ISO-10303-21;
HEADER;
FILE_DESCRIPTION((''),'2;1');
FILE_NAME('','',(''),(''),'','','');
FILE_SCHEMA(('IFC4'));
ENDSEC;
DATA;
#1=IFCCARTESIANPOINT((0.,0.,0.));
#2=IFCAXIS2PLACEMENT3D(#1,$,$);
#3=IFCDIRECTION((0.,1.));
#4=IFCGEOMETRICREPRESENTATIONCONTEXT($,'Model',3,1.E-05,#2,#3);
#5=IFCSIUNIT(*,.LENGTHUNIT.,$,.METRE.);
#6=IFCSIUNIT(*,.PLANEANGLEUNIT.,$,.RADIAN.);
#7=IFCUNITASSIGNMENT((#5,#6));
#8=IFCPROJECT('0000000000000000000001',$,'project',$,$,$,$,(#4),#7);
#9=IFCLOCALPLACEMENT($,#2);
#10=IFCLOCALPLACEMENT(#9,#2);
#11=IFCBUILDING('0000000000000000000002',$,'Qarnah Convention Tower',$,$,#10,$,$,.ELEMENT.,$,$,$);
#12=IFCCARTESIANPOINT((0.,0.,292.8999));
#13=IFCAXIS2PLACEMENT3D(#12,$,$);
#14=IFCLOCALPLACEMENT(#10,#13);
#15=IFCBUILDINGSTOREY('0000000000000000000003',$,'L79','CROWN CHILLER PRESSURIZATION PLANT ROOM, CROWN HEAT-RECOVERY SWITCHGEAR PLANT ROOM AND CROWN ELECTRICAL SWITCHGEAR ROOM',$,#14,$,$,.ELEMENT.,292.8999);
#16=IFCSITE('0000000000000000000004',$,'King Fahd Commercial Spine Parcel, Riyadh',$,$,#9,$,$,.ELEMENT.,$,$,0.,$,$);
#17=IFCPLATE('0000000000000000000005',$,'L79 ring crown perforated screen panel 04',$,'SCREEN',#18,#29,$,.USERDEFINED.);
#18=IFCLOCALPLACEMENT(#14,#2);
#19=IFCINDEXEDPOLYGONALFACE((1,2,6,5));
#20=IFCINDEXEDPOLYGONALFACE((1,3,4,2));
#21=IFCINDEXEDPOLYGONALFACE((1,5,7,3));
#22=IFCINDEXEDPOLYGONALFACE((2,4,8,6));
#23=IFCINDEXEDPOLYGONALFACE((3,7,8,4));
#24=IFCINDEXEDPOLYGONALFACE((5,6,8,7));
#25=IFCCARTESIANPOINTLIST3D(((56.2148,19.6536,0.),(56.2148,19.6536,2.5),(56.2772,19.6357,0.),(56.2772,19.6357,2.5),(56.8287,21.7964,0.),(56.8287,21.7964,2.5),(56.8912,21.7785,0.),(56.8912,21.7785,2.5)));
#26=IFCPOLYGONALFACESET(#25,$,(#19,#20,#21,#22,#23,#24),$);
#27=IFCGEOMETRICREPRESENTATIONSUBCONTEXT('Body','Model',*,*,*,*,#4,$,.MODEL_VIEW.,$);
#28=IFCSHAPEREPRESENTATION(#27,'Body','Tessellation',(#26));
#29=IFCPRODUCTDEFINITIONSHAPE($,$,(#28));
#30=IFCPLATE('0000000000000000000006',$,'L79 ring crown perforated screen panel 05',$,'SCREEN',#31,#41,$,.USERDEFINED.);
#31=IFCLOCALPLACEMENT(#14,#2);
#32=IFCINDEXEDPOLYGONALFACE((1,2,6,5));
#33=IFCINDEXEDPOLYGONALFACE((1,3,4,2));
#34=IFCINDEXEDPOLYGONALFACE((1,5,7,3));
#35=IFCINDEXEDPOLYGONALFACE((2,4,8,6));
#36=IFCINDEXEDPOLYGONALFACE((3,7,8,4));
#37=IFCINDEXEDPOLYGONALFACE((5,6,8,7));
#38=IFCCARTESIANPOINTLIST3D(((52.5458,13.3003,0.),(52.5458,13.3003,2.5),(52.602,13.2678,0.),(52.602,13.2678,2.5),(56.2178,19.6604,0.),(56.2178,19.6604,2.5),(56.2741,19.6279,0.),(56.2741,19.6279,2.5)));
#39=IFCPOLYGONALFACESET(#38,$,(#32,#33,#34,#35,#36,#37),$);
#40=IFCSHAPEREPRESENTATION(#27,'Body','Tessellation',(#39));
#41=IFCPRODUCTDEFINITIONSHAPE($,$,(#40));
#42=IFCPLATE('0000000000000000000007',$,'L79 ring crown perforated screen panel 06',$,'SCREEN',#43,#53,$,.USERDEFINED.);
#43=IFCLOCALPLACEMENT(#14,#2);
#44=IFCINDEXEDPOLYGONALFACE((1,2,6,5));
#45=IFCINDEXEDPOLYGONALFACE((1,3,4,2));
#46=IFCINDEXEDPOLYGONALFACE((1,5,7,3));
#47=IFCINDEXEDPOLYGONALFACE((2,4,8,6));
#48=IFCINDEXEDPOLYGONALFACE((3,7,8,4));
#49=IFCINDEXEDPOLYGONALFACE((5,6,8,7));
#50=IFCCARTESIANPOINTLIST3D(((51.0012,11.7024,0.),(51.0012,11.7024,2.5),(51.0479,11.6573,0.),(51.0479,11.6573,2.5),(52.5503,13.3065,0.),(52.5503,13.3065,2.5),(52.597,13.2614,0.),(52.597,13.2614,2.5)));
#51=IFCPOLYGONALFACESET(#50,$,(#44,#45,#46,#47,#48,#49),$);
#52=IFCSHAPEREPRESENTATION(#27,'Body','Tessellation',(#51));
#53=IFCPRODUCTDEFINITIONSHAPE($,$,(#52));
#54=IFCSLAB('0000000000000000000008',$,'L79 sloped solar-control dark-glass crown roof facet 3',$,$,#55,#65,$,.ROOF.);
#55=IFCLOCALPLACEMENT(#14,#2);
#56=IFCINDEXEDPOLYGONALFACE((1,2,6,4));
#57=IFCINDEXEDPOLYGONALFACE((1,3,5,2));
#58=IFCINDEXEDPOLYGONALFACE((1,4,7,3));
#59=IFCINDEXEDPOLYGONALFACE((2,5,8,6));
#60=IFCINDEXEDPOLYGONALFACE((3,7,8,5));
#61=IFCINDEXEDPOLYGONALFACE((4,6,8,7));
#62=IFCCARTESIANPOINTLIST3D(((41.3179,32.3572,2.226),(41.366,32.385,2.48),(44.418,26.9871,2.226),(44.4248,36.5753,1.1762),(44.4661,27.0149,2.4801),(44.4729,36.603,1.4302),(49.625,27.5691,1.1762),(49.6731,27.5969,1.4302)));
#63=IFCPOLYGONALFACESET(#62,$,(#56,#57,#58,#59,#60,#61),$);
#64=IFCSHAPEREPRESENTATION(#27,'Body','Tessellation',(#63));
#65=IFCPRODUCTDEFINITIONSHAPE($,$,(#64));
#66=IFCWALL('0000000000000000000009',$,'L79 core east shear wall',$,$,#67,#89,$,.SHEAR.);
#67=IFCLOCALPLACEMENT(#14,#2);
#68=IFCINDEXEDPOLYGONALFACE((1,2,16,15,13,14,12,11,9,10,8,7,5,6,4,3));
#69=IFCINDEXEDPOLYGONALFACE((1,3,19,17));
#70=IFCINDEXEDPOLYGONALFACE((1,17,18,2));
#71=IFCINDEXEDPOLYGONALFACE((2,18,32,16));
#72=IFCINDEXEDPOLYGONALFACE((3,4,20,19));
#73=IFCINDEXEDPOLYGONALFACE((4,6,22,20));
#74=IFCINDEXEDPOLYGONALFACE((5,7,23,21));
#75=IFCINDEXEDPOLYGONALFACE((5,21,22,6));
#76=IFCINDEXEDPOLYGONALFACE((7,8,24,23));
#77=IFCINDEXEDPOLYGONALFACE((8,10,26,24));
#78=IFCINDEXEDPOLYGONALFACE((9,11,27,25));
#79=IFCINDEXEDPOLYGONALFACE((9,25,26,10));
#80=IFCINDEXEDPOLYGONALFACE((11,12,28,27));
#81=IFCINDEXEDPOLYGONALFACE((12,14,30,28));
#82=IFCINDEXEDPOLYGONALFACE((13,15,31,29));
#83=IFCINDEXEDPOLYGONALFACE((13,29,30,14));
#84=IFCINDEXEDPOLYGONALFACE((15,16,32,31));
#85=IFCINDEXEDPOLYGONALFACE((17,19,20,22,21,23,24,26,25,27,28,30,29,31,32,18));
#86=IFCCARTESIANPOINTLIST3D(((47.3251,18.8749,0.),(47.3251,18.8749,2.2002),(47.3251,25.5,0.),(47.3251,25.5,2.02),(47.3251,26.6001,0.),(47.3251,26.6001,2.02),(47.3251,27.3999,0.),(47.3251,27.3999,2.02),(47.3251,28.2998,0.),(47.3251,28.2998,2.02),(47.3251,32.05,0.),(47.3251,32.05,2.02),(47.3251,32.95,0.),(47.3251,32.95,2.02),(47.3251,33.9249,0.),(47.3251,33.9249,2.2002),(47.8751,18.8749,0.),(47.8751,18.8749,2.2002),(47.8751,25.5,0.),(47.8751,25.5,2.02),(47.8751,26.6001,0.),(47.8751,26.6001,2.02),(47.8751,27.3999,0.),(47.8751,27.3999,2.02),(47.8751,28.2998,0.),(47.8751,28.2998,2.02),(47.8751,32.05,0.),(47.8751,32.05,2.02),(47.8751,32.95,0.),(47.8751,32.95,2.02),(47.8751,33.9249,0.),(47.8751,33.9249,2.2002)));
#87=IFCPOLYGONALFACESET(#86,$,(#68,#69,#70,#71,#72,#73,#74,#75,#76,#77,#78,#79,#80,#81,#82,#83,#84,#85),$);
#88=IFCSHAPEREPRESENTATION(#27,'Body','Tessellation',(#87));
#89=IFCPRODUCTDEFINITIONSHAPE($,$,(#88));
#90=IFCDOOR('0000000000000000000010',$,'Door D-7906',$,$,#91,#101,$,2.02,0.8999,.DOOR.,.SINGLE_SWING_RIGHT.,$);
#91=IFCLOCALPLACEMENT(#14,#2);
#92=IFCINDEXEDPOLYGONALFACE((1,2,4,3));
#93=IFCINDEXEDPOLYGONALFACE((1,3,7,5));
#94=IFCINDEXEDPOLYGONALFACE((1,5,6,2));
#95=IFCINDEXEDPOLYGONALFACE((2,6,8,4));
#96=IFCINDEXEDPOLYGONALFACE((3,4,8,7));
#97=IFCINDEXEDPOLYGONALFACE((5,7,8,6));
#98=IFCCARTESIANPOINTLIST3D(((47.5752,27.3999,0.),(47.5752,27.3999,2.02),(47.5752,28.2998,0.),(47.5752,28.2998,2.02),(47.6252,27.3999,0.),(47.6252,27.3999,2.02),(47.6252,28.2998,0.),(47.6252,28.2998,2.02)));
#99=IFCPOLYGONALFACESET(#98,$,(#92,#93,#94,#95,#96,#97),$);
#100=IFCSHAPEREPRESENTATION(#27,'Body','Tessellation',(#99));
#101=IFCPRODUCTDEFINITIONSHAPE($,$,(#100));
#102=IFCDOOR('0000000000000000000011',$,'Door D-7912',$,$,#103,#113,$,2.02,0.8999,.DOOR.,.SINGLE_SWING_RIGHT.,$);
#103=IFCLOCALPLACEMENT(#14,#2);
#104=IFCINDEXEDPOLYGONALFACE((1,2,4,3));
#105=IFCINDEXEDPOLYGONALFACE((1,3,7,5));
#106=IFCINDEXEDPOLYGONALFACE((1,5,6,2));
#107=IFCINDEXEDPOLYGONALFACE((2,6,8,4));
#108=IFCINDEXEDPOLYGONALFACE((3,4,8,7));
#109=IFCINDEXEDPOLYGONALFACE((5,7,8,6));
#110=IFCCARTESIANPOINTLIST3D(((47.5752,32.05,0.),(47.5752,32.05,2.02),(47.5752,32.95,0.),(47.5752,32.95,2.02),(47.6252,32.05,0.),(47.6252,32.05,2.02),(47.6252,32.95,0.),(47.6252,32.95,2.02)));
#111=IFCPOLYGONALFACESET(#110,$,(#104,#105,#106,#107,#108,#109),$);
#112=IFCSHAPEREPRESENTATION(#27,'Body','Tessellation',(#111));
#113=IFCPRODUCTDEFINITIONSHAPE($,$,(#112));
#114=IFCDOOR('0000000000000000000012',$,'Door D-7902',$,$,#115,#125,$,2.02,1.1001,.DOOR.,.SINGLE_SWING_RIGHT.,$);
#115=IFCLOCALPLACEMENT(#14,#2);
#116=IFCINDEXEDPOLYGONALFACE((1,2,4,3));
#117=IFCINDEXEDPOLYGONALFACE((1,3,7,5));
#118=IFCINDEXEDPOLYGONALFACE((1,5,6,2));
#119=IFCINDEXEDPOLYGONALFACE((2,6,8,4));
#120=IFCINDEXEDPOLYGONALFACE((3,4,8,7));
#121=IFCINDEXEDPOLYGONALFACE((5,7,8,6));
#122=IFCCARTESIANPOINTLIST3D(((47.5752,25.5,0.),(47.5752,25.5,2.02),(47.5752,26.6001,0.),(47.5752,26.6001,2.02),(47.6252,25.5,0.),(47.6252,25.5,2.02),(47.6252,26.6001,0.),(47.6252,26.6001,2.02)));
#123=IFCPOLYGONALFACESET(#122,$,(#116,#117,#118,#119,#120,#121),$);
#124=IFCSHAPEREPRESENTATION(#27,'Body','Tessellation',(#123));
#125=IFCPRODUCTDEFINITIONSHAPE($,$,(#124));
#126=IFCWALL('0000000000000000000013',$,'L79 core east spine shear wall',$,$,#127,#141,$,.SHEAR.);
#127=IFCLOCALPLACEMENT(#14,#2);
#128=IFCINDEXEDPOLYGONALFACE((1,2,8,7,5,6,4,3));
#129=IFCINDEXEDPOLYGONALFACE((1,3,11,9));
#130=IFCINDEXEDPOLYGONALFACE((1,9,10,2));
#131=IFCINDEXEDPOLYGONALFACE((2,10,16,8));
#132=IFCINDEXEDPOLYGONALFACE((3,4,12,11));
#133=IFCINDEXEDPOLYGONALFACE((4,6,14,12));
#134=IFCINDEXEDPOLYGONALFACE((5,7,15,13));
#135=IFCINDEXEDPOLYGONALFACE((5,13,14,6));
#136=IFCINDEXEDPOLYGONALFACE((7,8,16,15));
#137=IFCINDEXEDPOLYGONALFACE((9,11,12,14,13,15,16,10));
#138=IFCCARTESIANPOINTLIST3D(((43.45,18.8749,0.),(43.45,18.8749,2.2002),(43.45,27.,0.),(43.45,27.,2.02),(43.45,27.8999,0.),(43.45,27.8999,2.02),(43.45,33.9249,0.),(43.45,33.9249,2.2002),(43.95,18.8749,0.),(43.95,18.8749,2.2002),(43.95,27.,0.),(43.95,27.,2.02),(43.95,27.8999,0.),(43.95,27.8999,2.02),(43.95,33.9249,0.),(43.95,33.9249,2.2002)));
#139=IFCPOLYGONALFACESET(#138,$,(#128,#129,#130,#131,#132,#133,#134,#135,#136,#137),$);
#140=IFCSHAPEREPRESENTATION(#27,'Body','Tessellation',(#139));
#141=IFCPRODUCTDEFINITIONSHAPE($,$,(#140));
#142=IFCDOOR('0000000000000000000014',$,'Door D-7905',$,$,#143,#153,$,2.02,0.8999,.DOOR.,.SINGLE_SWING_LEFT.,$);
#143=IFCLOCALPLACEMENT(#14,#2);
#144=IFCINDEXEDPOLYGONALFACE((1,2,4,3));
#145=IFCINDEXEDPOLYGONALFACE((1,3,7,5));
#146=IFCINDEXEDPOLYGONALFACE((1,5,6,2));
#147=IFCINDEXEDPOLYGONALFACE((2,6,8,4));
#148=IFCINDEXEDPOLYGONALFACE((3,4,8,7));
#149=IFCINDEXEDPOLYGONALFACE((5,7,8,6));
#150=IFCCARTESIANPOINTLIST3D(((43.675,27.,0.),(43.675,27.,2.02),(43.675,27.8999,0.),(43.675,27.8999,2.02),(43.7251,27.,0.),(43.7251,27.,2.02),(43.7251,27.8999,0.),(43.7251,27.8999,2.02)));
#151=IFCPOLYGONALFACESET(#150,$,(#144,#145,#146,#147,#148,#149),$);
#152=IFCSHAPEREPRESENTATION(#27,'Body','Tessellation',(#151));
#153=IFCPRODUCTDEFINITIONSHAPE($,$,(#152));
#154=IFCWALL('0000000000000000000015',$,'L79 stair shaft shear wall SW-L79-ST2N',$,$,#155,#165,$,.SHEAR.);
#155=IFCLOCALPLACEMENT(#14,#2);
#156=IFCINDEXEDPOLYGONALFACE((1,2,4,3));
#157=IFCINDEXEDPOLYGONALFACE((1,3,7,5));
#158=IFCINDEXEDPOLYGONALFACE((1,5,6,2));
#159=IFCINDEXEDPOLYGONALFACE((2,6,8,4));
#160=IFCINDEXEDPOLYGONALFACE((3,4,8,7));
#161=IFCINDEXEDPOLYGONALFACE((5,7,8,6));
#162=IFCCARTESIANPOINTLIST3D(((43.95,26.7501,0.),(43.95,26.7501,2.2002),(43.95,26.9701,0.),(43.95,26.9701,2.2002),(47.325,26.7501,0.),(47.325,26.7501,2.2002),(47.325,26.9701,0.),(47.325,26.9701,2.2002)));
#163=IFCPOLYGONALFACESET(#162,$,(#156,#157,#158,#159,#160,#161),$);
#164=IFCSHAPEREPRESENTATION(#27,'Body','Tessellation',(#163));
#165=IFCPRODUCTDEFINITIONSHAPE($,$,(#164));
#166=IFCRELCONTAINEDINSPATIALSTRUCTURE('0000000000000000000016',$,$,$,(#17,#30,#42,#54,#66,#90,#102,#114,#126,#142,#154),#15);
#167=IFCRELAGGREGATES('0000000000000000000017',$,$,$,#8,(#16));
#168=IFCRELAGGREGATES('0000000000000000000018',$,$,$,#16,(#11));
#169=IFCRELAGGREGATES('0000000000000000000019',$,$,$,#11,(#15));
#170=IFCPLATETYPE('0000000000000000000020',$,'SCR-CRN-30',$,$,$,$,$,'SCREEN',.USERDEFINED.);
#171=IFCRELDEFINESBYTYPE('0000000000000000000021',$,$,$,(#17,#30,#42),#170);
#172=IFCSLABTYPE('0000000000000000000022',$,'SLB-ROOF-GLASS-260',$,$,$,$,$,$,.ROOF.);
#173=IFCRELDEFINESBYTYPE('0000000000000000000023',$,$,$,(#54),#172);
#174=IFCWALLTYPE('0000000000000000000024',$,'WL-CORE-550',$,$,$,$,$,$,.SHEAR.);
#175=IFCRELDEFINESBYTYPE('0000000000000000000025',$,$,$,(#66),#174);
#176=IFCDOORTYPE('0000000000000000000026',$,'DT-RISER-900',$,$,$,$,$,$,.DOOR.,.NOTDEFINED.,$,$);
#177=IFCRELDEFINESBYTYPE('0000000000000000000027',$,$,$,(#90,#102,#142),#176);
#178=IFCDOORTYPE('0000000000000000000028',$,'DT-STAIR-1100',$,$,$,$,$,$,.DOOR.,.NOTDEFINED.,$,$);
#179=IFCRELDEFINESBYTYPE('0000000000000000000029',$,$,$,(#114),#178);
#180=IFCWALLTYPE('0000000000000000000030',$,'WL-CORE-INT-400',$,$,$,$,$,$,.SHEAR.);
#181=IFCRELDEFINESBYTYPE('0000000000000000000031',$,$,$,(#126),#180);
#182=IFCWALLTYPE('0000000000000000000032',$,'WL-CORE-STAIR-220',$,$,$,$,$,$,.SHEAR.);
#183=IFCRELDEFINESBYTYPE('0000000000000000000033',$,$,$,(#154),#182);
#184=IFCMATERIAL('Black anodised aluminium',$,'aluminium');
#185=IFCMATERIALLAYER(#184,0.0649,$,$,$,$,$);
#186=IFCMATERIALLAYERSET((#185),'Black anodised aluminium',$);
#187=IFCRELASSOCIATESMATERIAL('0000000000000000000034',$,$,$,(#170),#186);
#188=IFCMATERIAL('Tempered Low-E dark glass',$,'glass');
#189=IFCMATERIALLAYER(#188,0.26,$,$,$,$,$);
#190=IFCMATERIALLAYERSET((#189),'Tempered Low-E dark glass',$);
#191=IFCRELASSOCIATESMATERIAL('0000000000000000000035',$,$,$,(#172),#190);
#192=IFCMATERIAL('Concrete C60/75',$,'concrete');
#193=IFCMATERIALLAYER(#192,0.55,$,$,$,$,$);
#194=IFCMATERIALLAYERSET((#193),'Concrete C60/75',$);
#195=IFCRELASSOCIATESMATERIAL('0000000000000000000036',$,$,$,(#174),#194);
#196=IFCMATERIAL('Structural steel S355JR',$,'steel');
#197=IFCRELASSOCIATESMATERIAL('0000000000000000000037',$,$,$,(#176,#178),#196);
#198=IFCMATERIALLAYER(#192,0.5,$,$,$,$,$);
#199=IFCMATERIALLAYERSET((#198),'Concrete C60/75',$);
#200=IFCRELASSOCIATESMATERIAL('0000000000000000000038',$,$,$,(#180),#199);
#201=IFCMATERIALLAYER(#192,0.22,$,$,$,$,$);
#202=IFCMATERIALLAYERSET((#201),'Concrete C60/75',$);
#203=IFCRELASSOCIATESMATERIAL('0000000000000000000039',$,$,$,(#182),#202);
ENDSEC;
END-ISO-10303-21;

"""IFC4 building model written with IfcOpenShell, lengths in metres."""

from ifc_helpers import new_model, si_unit, direction, frame, frame_2d, origin, origin_2d, place, context, subcontext, project, spatial, polyline, rectangle, outline, extrude, material, layer, layer_set, type_object, element, fill, save


model = new_model("IFC4")

# Units and contexts
model_context = context("Model", 3, precision=1e-05, world=origin(), true_north=direction((0.0, 1.0)))
body_context = subcontext(model_context, "Body", "Model", "MODEL_VIEW")
ifc_project = project(units=[si_unit("LENGTHUNIT", "METRE"), si_unit("PLANEANGLEUNIT", "RADIAN")], contexts=[model_context])

# Site, building, storey
site_placement = place(None, origin())
site = spatial("IfcSite", under=ifc_project, at=site_placement, Name="King Fahd Commercial Spine Parcel, Riyadh", CompositionType="ELEMENT", RefElevation=0.0)
building_placement = place(site_placement, origin())
building = spatial("IfcBuilding", under=site, at=building_placement, Name="Qarnah Convention Tower", CompositionType="ELEMENT")
storey_placement = place(building_placement, frame((0.0, 0.0, 292.8999)))
storey = spatial("IfcBuildingStorey", under=building, at=storey_placement, Name="L79", Description="CROWN CHILLER PRESSURIZATION PLANT ROOM, CROWN HEAT-RECOVERY SWITCHGEAR PLANT ROOM AND CROWN ELECTRICAL SWITCHGEAR ROOM", CompositionType="ELEMENT", Elevation=292.8999)

# Shared definitions
ifc_material_1 = material(Name="Structural steel S355JR", Category="steel")

# Plates
ifc_material_2 = material(Name="Black anodised aluminium", Category="aluminium")
ifc_layer_1 = layer(ifc_material_2, 0.0649)
ifc_layer_set_1 = layer_set([ifc_layer_1], Name="Black anodised aluminium")
plate_type_1 = type_object("IfcPlateType", Name="SCR-CRN-30", ElementType="SCREEN", PredefinedType="USERDEFINED", material=ifc_layer_set_1)
plate_1_placement = place(storey_placement, frame((56.553, 20.7161, 0.0), z_axis=(0.0, 0.0, 1.0), x_axis=(-0.275433, -0.96132, 0.0)))
element("IfcPlate", 1, at=plate_1_placement, inside=storey, type_object=plate_type_1, Name="L79 ring crown perforated screen panel 04", ObjectType="SCREEN", PredefinedType="USERDEFINED", context=body_context, shape_type="SweptSolid", body=[
    extrude(rectangle(XDim=2.229, YDim=0.0649, at=origin_2d()), origin(), (0.0, 0.0, 1.0), 2.5),
])
plate_2_placement = place(storey_placement, frame((54.4099, 16.4641, 0.0), z_axis=(0.0, 0.0, 1.0), x_axis=(-0.500006, -0.866022, 0.0)))
element("IfcPlate", 2, at=plate_2_placement, inside=storey, type_object=plate_type_1, Name="L79 ring crown perforated screen panel 05", ObjectType="SCREEN", PredefinedType="USERDEFINED", context=body_context, shape_type="SweptSolid", body=[
    extrude(rectangle(XDim=7.344, YDim=0.0649, at=origin_2d()), origin(), (0.0, 0.0, 1.0), 2.5),
])
plate_3_placement = place(storey_placement, frame((51.7991, 12.4819, 0.0), z_axis=(0.0, 0.0, 1.0), x_axis=(-0.694667, -0.719331, 0.0)))
element("IfcPlate", 3, at=plate_3_placement, inside=storey, type_object=plate_type_1, Name="L79 ring crown perforated screen panel 06", ObjectType="SCREEN", PredefinedType="USERDEFINED", context=body_context, shape_type="SweptSolid", body=[
    extrude(rectangle(XDim=2.23, YDim=0.0649, at=origin_2d()), origin(), (0.0, 0.0, 1.0), 2.5),
])

# Slab
ifc_material_3 = material(Name="Tempered Low-E dark glass", Category="glass")
ifc_layer_2 = layer(ifc_material_3, 0.26)
ifc_layer_set_2 = layer_set([ifc_layer_2], Name="Tempered Low-E dark glass")
slab_type = type_object("IfcSlabType", Name="SLB-ROOF-GLASS-260", PredefinedType="ROOF", material=ifc_layer_set_2)
slab_placement = place(storey_placement, frame((49.6731, 27.5969, 1.4302), z_axis=(0.185031, 0.10683, 0.976909), x_axis=(-0.500036, 0.866005, 0.000007)))
element("IfcSlab", 4, at=slab_placement, inside=storey, type_object=slab_type, Name="L79 sloped solar-control dark-glass crown roof facet 3", PredefinedType="ROOF", context=body_context, shape_type="SweptSolid", body=[
    extrude(outline(polyline([(0.0, 0.0), (10.3996, 0.0), (8.3004, 4.9132), (2.0997, 4.9138), (0.0, 0.0)])), origin(), (0.0, 0.0, -1.0), 0.26),
])

# Wall, openings, doors
ifc_material_4 = material(Name="Concrete C60/75", Category="concrete")
ifc_layer_3 = layer(ifc_material_4, 0.55)
ifc_layer_set_3 = layer_set([ifc_layer_3], Name="Concrete C60/75")
wall_type_1 = type_object("IfcWallType", Name="WL-CORE-550", PredefinedType="SHEAR", material=ifc_layer_set_3)
wall_1_placement = place(storey_placement, frame((47.6001, 18.875, 0.0), z_axis=(0.0, 0.0, 1.0), x_axis=(0.0, 1.0, 0.0)))
wall_1 = element("IfcWall", 5, at=wall_1_placement, inside=storey, type_object=wall_type_1, Name="L79 core east shear wall", PredefinedType="SHEAR", context=body_context, shape_type="SweptSolid", body=[
    extrude(rectangle(XDim=15.05, YDim=0.55, at=frame_2d((7.5249, 0.0))), origin(), (0.0, 0.0, 1.0), 2.2002),
])
opening_1_placement = place(wall_1_placement, frame((6.625, 0.0, 0.0)))
opening_1 = element("IfcOpeningElement", 6, at=opening_1_placement, cuts=wall_1, PredefinedType="OPENING", context=body_context, shape_type="SweptSolid", body=[
    extrude(rectangle(XDim=1.1001, YDim=2.02, at=frame_2d((0.55, 1.01))), frame((0.0, 0.2849, 0.0), z_axis=(0.0, -1.0, 0.0), x_axis=(1.0, 0.0, 0.0)), (0.0, 0.0, 1.0), 0.5701),
])
opening_2_placement = place(wall_1_placement, frame((8.5249, 0.0, 0.0)))
opening_2 = element("IfcOpeningElement", 7, at=opening_2_placement, cuts=wall_1, PredefinedType="OPENING", context=body_context, shape_type="SweptSolid", body=[
    extrude(rectangle(XDim=0.8999, YDim=2.02, at=frame_2d((0.45, 1.01))), frame((0.0, 0.2849, 0.0), z_axis=(0.0, -1.0, 0.0), x_axis=(1.0, 0.0, 0.0)), (0.0, 0.0, 1.0), 0.5701),
])
opening_3_placement = place(wall_1_placement, frame((13.175, 0.0, 0.0)))
opening_3 = element("IfcOpeningElement", 8, at=opening_3_placement, cuts=wall_1, PredefinedType="OPENING", context=body_context, shape_type="SweptSolid", body=[
    extrude(rectangle(XDim=0.8999, YDim=2.02, at=frame_2d((0.45, 1.01))), frame((0.0, 0.2849, 0.0), z_axis=(0.0, -1.0, 0.0), x_axis=(1.0, 0.0, 0.0)), (0.0, 0.0, 1.0), 0.5701),
])
door_type_1 = type_object("IfcDoorType", Name="DT-RISER-900", OperationType="NOTDEFINED", PredefinedType="DOOR", material=ifc_material_1)
door_1_placement = place(opening_2_placement, origin())
door_1 = element("IfcDoor", 9, at=door_1_placement, inside=storey, type_object=door_type_1, Name="Door D-7906", OperationType="SINGLE_SWING_RIGHT", OverallHeight=2.02, OverallWidth=0.8999, PredefinedType="DOOR", context=body_context, shape_type="SweptSolid", body=[
    extrude(rectangle(XDim=0.8999, YDim=2.02, at=frame_2d((0.45, 1.01))), frame((0.0, 0.0249, 0.0), z_axis=(0.0, -1.0, 0.0), x_axis=(1.0, 0.0, 0.0)), (0.0, 0.0, 1.0), 0.05),
])
fill(opening_2, door_1)
door_2_placement = place(opening_3_placement, origin())
door_2 = element("IfcDoor", 10, at=door_2_placement, inside=storey, type_object=door_type_1, Name="Door D-7912", OperationType="SINGLE_SWING_RIGHT", OverallHeight=2.02, OverallWidth=0.8999, PredefinedType="DOOR", context=body_context, shape_type="SweptSolid", body=[
    extrude(rectangle(XDim=0.8999, YDim=2.02, at=frame_2d((0.45, 1.01))), frame((0.0, 0.0249, 0.0), z_axis=(0.0, -1.0, 0.0), x_axis=(1.0, 0.0, 0.0)), (0.0, 0.0, 1.0), 0.05),
])
fill(opening_3, door_2)
door_type_2 = type_object("IfcDoorType", Name="DT-STAIR-1100", OperationType="NOTDEFINED", PredefinedType="DOOR", material=ifc_material_1)
door_3_placement = place(opening_1_placement, origin())
door_3 = element("IfcDoor", 11, at=door_3_placement, inside=storey, type_object=door_type_2, Name="Door D-7902", OperationType="SINGLE_SWING_RIGHT", OverallHeight=2.02, OverallWidth=1.1001, PredefinedType="DOOR", context=body_context, shape_type="SweptSolid", body=[
    extrude(rectangle(XDim=1.1001, YDim=2.02, at=frame_2d((0.55, 1.01))), frame((0.0, 0.0249, 0.0), z_axis=(0.0, -1.0, 0.0), x_axis=(1.0, 0.0, 0.0)), (0.0, 0.0, 1.0), 0.05),
])
fill(opening_1, door_3)

# Wall, opening, door
ifc_layer_4 = layer(ifc_material_4, 0.5)
ifc_layer_set_4 = layer_set([ifc_layer_4], Name="Concrete C60/75")
wall_type_2 = type_object("IfcWallType", Name="WL-CORE-INT-400", PredefinedType="SHEAR", material=ifc_layer_set_4)
wall_2_placement = place(storey_placement, frame((43.7, 18.875, 0.0), z_axis=(0.0, 0.0, 1.0), x_axis=(0.0, 1.0, 0.0)))
wall_2 = element("IfcWall", 12, at=wall_2_placement, inside=storey, type_object=wall_type_2, Name="L79 core east spine shear wall", PredefinedType="SHEAR", context=body_context, shape_type="SweptSolid", body=[
    extrude(rectangle(XDim=15.05, YDim=0.5, at=frame_2d((7.5249, 0.0))), origin(), (0.0, 0.0, 1.0), 2.2002),
])
opening_4_placement = place(wall_2_placement, frame((8.125, 0.0, 0.0)))
opening_4 = element("IfcOpeningElement", 13, at=opening_4_placement, cuts=wall_2, PredefinedType="OPENING", context=body_context, shape_type="SweptSolid", body=[
    extrude(rectangle(XDim=0.8999, YDim=2.02, at=frame_2d((0.45, 1.01))), frame((0.0, 0.26, 0.0), z_axis=(0.0, -1.0, 0.0), x_axis=(1.0, 0.0, 0.0)), (0.0, 0.0, 1.0), 0.52),
])
door_4_placement = place(opening_4_placement, origin())
door_4 = element("IfcDoor", 14, at=door_4_placement, inside=storey, type_object=door_type_1, Name="Door D-7905", OperationType="SINGLE_SWING_LEFT", OverallHeight=2.02, OverallWidth=0.8999, PredefinedType="DOOR", context=body_context, shape_type="SweptSolid", body=[
    extrude(rectangle(XDim=0.8999, YDim=2.02, at=frame_2d((0.45, 1.01))), frame((0.0, 0.0249, 0.0), z_axis=(0.0, -1.0, 0.0), x_axis=(1.0, 0.0, 0.0)), (0.0, 0.0, 1.0), 0.05),
])
fill(opening_4, door_4)

# Wall
ifc_layer_5 = layer(ifc_material_4, 0.22)
ifc_layer_set_5 = layer_set([ifc_layer_5], Name="Concrete C60/75")
wall_type_3 = type_object("IfcWallType", Name="WL-CORE-STAIR-220", PredefinedType="SHEAR", material=ifc_layer_set_5)
wall_3_placement = place(storey_placement, frame((43.95, 26.8601, 0.0), z_axis=(0.0, 0.0, 1.0), x_axis=(1.0, 0.0, 0.0)))
element("IfcWall", 15, at=wall_3_placement, inside=storey, type_object=wall_type_3, Name="L79 stair shaft shear wall SW-L79-ST2N", PredefinedType="SHEAR", context=body_context, shape_type="SweptSolid", body=[
    extrude(rectangle(XDim=3.375, YDim=0.22, at=frame_2d((1.6875, 0.0))), origin(), (0.0, 0.0, 1.0), 2.2002),
])

save(model, "model.ifc")
